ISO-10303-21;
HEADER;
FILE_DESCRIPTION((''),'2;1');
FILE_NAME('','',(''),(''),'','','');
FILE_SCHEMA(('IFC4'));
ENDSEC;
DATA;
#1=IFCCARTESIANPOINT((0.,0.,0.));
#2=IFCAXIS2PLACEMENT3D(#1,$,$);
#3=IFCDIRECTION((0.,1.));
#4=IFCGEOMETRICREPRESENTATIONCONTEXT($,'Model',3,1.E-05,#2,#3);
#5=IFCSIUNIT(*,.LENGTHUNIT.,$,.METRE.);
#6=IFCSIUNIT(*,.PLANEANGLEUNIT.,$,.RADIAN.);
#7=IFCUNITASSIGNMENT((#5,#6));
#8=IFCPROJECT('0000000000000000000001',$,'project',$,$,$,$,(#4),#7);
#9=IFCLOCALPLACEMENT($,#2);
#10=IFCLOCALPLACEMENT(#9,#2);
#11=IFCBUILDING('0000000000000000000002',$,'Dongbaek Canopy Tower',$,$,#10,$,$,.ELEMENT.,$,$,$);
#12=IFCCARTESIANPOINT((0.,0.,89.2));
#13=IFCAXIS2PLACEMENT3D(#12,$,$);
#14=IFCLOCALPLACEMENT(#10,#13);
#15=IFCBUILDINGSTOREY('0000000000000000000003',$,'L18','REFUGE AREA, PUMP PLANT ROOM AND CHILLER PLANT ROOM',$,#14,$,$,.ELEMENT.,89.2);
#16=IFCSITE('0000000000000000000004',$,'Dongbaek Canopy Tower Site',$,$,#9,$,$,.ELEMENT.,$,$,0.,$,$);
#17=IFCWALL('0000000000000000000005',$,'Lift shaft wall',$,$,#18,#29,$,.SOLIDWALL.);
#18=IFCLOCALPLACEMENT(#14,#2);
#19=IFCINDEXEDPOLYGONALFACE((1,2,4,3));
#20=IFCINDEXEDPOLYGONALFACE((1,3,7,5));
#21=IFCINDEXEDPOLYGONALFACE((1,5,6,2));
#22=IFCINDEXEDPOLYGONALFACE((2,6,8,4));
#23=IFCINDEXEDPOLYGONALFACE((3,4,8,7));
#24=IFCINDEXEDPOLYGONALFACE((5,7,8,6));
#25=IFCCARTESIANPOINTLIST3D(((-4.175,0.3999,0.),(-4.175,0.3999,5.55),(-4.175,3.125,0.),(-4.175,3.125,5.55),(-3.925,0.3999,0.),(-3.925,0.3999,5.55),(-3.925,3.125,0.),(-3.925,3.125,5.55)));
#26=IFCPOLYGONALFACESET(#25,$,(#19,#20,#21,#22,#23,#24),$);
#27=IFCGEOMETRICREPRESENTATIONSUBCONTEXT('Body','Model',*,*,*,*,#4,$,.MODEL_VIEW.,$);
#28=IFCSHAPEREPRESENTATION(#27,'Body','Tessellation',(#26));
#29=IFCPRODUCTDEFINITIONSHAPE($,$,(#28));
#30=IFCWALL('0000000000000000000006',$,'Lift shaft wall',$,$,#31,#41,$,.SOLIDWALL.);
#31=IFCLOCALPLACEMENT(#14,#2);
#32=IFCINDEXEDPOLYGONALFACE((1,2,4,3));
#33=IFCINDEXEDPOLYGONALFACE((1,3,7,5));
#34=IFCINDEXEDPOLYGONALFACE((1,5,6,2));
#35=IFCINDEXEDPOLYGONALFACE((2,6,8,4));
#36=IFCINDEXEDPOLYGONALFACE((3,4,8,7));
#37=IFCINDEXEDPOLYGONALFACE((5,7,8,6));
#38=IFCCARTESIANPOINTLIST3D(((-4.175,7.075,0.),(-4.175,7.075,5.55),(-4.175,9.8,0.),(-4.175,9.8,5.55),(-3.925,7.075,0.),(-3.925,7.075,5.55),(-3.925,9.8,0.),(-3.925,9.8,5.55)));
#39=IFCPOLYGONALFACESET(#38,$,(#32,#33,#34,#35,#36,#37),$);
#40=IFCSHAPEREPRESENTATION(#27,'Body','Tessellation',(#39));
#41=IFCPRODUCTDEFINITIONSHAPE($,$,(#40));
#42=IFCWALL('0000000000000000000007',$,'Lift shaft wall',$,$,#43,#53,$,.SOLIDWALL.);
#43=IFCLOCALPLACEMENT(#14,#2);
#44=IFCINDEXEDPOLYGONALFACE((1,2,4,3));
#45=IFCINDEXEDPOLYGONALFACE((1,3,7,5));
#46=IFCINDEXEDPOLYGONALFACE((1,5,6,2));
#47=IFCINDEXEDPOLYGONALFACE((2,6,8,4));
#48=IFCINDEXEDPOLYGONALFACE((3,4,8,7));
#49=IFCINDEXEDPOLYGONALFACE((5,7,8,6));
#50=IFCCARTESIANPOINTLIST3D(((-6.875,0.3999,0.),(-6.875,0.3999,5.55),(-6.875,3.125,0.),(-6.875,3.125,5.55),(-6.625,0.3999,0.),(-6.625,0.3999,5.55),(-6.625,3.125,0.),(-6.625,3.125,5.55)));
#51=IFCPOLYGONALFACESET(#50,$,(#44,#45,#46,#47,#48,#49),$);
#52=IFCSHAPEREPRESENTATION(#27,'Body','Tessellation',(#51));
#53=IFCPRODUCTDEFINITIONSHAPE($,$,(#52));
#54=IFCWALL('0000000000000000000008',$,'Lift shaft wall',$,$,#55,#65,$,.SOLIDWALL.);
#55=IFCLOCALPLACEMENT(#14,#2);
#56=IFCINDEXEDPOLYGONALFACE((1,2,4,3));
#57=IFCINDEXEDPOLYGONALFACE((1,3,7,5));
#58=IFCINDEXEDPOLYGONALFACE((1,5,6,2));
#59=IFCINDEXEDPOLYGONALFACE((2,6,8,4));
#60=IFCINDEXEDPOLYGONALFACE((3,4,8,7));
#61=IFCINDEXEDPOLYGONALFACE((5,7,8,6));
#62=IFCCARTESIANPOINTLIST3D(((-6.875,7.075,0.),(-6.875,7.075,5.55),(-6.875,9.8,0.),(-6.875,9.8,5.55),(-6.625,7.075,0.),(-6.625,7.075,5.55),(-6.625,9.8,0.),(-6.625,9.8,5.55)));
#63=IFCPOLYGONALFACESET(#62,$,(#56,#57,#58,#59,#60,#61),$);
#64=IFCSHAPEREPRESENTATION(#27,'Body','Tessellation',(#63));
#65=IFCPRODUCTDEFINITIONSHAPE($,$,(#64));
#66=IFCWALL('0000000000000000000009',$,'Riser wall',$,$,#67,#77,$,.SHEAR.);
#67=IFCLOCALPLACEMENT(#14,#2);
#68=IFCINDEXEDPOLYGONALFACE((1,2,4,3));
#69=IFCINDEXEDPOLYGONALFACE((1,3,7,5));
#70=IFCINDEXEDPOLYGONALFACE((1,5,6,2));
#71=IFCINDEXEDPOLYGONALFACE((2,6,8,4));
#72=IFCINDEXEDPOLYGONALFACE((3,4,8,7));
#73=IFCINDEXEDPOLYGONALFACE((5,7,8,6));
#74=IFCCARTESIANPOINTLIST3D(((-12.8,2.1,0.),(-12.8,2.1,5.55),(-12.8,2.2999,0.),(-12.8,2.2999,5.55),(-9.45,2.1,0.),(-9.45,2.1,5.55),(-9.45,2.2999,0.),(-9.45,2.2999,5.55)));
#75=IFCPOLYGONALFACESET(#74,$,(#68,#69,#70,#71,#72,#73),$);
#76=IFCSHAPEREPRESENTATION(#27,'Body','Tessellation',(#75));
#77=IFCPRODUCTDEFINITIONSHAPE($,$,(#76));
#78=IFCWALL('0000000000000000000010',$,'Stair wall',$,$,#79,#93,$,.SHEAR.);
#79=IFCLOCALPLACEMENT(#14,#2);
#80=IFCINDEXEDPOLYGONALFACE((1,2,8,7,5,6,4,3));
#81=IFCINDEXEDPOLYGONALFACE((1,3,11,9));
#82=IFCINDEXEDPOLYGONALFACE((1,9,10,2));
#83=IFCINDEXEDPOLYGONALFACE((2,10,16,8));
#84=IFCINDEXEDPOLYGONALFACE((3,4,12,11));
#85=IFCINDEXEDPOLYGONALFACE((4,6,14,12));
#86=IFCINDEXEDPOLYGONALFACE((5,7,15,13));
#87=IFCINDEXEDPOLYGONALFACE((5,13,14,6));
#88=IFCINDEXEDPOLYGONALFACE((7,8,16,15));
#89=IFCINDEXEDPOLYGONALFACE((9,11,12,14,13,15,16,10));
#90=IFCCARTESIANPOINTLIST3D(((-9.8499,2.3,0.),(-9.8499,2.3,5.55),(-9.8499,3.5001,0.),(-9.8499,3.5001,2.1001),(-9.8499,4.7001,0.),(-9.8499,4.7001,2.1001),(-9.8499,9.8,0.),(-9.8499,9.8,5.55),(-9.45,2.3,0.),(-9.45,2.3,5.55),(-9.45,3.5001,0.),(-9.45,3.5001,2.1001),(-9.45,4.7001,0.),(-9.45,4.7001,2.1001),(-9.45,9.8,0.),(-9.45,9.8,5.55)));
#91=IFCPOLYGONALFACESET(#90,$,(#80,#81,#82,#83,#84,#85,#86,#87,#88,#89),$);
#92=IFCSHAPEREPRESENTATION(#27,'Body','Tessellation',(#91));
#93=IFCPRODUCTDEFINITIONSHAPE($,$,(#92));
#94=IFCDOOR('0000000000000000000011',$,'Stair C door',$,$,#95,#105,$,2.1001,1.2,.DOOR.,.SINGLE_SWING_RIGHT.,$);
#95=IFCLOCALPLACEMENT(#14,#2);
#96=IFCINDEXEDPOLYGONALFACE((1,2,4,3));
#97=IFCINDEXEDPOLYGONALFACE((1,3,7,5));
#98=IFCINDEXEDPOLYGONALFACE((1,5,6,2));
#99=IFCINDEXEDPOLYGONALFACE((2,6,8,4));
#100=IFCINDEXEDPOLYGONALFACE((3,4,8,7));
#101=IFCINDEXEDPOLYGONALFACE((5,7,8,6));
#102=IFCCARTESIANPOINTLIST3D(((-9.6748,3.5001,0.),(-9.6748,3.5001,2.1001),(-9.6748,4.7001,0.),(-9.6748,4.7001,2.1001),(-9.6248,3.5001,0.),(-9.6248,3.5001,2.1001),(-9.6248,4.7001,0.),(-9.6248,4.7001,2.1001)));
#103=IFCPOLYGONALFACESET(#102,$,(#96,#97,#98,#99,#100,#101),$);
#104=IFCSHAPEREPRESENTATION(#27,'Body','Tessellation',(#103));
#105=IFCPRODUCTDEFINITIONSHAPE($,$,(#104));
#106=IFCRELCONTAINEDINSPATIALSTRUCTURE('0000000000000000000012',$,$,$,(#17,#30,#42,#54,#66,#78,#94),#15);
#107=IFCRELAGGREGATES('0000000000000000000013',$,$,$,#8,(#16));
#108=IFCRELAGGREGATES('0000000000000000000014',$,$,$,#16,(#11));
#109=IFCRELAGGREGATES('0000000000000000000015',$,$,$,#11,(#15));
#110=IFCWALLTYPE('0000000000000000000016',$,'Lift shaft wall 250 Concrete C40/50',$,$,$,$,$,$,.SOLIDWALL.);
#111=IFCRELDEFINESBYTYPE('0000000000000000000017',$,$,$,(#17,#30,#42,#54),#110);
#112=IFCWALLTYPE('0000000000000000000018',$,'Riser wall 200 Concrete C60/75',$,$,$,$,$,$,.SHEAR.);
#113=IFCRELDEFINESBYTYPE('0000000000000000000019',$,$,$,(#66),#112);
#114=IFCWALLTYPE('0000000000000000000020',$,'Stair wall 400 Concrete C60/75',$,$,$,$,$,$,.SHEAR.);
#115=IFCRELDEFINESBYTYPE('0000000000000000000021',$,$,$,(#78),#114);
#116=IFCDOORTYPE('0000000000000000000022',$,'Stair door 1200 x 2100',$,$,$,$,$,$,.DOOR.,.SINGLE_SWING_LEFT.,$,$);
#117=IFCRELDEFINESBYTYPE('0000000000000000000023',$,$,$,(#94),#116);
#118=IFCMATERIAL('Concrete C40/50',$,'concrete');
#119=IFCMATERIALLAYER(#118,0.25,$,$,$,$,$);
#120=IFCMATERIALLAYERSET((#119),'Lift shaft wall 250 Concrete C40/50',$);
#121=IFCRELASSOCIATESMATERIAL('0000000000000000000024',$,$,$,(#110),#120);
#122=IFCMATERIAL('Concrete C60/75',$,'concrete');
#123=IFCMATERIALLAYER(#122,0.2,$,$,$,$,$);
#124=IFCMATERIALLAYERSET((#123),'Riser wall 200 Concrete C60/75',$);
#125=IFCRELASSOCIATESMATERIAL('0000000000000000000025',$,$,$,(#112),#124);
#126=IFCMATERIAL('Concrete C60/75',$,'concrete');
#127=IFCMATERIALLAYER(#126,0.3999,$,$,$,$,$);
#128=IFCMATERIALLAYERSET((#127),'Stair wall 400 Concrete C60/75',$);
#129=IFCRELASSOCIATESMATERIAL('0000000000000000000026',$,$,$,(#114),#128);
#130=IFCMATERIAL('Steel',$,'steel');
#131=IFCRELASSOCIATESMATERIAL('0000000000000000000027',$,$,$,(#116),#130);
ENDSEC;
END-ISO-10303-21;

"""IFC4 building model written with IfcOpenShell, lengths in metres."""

from ifc_helpers import new_model, si_unit, direction, frame, frame_2d, origin, place, context, subcontext, project, spatial, rectangle, extrude, material, layer, layer_set, type_object, element, fill, save


model = new_model("IFC4")

# Units and contexts
model_context = context("Model", 3, precision=1e-05, world=origin(), true_north=direction((0.0, 1.0)))
body_context = subcontext(model_context, "Body", "Model", "MODEL_VIEW")
ifc_project = project(units=[si_unit("LENGTHUNIT", "METRE"), si_unit("PLANEANGLEUNIT", "RADIAN")], contexts=[model_context])

# Site, building, storey
site_placement = place(None, origin())
site = spatial("IfcSite", under=ifc_project, at=site_placement, Name="Dongbaek Canopy Tower Site", CompositionType="ELEMENT", RefElevation=0.0)
building_placement = place(site_placement, origin())
building = spatial("IfcBuilding", under=site, at=building_placement, Name="Dongbaek Canopy Tower", CompositionType="ELEMENT")
storey_placement = place(building_placement, frame((0.0, 0.0, 89.2)))
storey = spatial("IfcBuildingStorey", under=building, at=storey_placement, Name="L18", Description="REFUGE AREA, PUMP PLANT ROOM AND CHILLER PLANT ROOM", CompositionType="ELEMENT", Elevation=89.2)

# Walls
ifc_material_1 = material(Name="Concrete C40/50", Category="concrete")
ifc_layer_1 = layer(ifc_material_1, 0.25)
ifc_layer_set_1 = layer_set([ifc_layer_1], Name="Lift shaft wall 250 Concrete C40/50")
wall_type_1 = type_object("IfcWallType", Name="Lift shaft wall 250 Concrete C40/50", PredefinedType="SOLIDWALL", material=ifc_layer_set_1)
for number, where, z_axis, x_axis, name in (
    (1, (-4.05, 0.3999, 0.0), (0.0, 0.0, 1.0), (0.0, 1.0, 0.0), "Lift shaft wall"),
    (2, (-4.05, 7.075, 0.0), (0.0, 0.0, 1.0), (0.0, 1.0, 0.0), "Lift shaft wall"),
    (3, (-6.75, 0.3999, 0.0), (0.0, 0.0, 1.0), (0.0, 1.0, 0.0), "Lift shaft wall"),
    (4, (-6.75, 7.075, 0.0), (0.0, 0.0, 1.0), (0.0, 1.0, 0.0), "Lift shaft wall"),
):
    element("IfcWall", number, at=place(storey_placement, frame(where, z_axis=z_axis, x_axis=x_axis)), inside=storey, type_object=wall_type_1, Name=name, PredefinedType="SOLIDWALL", context=body_context, shape_type="SweptSolid", body=[
        extrude(rectangle(XDim=2.7251, YDim=0.25, at=frame_2d((1.3625, 0.0))), origin(), (0.0, 0.0, 1.0), 5.55),
    ])
ifc_material_2 = material(Name="Concrete C60/75", Category="concrete")
ifc_layer_2 = layer(ifc_material_2, 0.2)
ifc_layer_set_2 = layer_set([ifc_layer_2], Name="Riser wall 200 Concrete C60/75")
wall_type_2 = type_object("IfcWallType", Name="Riser wall 200 Concrete C60/75", PredefinedType="SHEAR", material=ifc_layer_set_2)
wall_1_placement = place(storey_placement, frame((-9.45, 2.2, 0.0), z_axis=(0.0, 0.0, 1.0), x_axis=(-1.0, 0.0, 0.0)))
element("IfcWall", 5, at=wall_1_placement, inside=storey, type_object=wall_type_2, Name="Riser wall", PredefinedType="SHEAR", context=body_context, shape_type="SweptSolid", body=[
    extrude(rectangle(XDim=3.3501, YDim=0.2, at=frame_2d((1.675, 0.0))), origin(), (0.0, 0.0, 1.0), 5.55),
])

# Wall, opening, door
ifc_material_3 = material(Name="Concrete C60/75", Category="concrete")
ifc_layer_3 = layer(ifc_material_3, 0.3999)
ifc_layer_set_3 = layer_set([ifc_layer_3], Name="Stair wall 400 Concrete C60/75")
wall_type_3 = type_object("IfcWallType", Name="Stair wall 400 Concrete C60/75", PredefinedType="SHEAR", material=ifc_layer_set_3)
wall_2_placement = place(storey_placement, frame((-9.6499, 2.3, 0.0), z_axis=(0.0, 0.0, 1.0), x_axis=(0.0, 1.0, 0.0)))
wall_2 = element("IfcWall", 6, at=wall_2_placement, inside=storey, type_object=wall_type_3, Name="Stair wall", PredefinedType="SHEAR", context=body_context, shape_type="SweptSolid", body=[
    extrude(rectangle(XDim=7.5, YDim=0.3999, at=frame_2d((3.75, 0.0))), origin(), (0.0, 0.0, 1.0), 5.55),
])
opening_1_placement = place(wall_2_placement, frame((1.2, 0.0, 0.0)))
opening_1 = element("IfcOpeningElement", 7, at=opening_1_placement, cuts=wall_2, PredefinedType="OPENING", context=body_context, shape_type="SweptSolid", body=[
    extrude(rectangle(XDim=1.2, YDim=2.1001, at=frame_2d((0.6001, 1.05))), frame((0.0, 0.21, 0.0), z_axis=(0.0, -1.0, 0.0), x_axis=(1.0, 0.0, 0.0)), (0.0, 0.0, 1.0), 0.4199),
])
ifc_material_4 = material(Name="Steel", Category="steel")
door_type_1 = type_object("IfcDoorType", Name="Stair door 1200 x 2100", OperationType="SINGLE_SWING_LEFT", PredefinedType="DOOR", material=ifc_material_4)
door_1_placement = place(opening_1_placement, origin())
door_1 = element("IfcDoor", 8, at=door_1_placement, inside=storey, type_object=door_type_1, Name="Stair C door", OperationType="SINGLE_SWING_RIGHT", OverallHeight=2.1001, OverallWidth=1.2, PredefinedType="DOOR", context=body_context, shape_type="SweptSolid", body=[
    extrude(rectangle(XDim=1.2, YDim=2.1001, at=frame_2d((0.6001, 1.05))), frame((0.0, 0.0249, 0.0), z_axis=(0.0, -1.0, 0.0), x_axis=(1.0, 0.0, 0.0)), (0.0, 0.0, 1.0), 0.05),
])
fill(opening_1, door_1)

save(model, "model.ifc")
